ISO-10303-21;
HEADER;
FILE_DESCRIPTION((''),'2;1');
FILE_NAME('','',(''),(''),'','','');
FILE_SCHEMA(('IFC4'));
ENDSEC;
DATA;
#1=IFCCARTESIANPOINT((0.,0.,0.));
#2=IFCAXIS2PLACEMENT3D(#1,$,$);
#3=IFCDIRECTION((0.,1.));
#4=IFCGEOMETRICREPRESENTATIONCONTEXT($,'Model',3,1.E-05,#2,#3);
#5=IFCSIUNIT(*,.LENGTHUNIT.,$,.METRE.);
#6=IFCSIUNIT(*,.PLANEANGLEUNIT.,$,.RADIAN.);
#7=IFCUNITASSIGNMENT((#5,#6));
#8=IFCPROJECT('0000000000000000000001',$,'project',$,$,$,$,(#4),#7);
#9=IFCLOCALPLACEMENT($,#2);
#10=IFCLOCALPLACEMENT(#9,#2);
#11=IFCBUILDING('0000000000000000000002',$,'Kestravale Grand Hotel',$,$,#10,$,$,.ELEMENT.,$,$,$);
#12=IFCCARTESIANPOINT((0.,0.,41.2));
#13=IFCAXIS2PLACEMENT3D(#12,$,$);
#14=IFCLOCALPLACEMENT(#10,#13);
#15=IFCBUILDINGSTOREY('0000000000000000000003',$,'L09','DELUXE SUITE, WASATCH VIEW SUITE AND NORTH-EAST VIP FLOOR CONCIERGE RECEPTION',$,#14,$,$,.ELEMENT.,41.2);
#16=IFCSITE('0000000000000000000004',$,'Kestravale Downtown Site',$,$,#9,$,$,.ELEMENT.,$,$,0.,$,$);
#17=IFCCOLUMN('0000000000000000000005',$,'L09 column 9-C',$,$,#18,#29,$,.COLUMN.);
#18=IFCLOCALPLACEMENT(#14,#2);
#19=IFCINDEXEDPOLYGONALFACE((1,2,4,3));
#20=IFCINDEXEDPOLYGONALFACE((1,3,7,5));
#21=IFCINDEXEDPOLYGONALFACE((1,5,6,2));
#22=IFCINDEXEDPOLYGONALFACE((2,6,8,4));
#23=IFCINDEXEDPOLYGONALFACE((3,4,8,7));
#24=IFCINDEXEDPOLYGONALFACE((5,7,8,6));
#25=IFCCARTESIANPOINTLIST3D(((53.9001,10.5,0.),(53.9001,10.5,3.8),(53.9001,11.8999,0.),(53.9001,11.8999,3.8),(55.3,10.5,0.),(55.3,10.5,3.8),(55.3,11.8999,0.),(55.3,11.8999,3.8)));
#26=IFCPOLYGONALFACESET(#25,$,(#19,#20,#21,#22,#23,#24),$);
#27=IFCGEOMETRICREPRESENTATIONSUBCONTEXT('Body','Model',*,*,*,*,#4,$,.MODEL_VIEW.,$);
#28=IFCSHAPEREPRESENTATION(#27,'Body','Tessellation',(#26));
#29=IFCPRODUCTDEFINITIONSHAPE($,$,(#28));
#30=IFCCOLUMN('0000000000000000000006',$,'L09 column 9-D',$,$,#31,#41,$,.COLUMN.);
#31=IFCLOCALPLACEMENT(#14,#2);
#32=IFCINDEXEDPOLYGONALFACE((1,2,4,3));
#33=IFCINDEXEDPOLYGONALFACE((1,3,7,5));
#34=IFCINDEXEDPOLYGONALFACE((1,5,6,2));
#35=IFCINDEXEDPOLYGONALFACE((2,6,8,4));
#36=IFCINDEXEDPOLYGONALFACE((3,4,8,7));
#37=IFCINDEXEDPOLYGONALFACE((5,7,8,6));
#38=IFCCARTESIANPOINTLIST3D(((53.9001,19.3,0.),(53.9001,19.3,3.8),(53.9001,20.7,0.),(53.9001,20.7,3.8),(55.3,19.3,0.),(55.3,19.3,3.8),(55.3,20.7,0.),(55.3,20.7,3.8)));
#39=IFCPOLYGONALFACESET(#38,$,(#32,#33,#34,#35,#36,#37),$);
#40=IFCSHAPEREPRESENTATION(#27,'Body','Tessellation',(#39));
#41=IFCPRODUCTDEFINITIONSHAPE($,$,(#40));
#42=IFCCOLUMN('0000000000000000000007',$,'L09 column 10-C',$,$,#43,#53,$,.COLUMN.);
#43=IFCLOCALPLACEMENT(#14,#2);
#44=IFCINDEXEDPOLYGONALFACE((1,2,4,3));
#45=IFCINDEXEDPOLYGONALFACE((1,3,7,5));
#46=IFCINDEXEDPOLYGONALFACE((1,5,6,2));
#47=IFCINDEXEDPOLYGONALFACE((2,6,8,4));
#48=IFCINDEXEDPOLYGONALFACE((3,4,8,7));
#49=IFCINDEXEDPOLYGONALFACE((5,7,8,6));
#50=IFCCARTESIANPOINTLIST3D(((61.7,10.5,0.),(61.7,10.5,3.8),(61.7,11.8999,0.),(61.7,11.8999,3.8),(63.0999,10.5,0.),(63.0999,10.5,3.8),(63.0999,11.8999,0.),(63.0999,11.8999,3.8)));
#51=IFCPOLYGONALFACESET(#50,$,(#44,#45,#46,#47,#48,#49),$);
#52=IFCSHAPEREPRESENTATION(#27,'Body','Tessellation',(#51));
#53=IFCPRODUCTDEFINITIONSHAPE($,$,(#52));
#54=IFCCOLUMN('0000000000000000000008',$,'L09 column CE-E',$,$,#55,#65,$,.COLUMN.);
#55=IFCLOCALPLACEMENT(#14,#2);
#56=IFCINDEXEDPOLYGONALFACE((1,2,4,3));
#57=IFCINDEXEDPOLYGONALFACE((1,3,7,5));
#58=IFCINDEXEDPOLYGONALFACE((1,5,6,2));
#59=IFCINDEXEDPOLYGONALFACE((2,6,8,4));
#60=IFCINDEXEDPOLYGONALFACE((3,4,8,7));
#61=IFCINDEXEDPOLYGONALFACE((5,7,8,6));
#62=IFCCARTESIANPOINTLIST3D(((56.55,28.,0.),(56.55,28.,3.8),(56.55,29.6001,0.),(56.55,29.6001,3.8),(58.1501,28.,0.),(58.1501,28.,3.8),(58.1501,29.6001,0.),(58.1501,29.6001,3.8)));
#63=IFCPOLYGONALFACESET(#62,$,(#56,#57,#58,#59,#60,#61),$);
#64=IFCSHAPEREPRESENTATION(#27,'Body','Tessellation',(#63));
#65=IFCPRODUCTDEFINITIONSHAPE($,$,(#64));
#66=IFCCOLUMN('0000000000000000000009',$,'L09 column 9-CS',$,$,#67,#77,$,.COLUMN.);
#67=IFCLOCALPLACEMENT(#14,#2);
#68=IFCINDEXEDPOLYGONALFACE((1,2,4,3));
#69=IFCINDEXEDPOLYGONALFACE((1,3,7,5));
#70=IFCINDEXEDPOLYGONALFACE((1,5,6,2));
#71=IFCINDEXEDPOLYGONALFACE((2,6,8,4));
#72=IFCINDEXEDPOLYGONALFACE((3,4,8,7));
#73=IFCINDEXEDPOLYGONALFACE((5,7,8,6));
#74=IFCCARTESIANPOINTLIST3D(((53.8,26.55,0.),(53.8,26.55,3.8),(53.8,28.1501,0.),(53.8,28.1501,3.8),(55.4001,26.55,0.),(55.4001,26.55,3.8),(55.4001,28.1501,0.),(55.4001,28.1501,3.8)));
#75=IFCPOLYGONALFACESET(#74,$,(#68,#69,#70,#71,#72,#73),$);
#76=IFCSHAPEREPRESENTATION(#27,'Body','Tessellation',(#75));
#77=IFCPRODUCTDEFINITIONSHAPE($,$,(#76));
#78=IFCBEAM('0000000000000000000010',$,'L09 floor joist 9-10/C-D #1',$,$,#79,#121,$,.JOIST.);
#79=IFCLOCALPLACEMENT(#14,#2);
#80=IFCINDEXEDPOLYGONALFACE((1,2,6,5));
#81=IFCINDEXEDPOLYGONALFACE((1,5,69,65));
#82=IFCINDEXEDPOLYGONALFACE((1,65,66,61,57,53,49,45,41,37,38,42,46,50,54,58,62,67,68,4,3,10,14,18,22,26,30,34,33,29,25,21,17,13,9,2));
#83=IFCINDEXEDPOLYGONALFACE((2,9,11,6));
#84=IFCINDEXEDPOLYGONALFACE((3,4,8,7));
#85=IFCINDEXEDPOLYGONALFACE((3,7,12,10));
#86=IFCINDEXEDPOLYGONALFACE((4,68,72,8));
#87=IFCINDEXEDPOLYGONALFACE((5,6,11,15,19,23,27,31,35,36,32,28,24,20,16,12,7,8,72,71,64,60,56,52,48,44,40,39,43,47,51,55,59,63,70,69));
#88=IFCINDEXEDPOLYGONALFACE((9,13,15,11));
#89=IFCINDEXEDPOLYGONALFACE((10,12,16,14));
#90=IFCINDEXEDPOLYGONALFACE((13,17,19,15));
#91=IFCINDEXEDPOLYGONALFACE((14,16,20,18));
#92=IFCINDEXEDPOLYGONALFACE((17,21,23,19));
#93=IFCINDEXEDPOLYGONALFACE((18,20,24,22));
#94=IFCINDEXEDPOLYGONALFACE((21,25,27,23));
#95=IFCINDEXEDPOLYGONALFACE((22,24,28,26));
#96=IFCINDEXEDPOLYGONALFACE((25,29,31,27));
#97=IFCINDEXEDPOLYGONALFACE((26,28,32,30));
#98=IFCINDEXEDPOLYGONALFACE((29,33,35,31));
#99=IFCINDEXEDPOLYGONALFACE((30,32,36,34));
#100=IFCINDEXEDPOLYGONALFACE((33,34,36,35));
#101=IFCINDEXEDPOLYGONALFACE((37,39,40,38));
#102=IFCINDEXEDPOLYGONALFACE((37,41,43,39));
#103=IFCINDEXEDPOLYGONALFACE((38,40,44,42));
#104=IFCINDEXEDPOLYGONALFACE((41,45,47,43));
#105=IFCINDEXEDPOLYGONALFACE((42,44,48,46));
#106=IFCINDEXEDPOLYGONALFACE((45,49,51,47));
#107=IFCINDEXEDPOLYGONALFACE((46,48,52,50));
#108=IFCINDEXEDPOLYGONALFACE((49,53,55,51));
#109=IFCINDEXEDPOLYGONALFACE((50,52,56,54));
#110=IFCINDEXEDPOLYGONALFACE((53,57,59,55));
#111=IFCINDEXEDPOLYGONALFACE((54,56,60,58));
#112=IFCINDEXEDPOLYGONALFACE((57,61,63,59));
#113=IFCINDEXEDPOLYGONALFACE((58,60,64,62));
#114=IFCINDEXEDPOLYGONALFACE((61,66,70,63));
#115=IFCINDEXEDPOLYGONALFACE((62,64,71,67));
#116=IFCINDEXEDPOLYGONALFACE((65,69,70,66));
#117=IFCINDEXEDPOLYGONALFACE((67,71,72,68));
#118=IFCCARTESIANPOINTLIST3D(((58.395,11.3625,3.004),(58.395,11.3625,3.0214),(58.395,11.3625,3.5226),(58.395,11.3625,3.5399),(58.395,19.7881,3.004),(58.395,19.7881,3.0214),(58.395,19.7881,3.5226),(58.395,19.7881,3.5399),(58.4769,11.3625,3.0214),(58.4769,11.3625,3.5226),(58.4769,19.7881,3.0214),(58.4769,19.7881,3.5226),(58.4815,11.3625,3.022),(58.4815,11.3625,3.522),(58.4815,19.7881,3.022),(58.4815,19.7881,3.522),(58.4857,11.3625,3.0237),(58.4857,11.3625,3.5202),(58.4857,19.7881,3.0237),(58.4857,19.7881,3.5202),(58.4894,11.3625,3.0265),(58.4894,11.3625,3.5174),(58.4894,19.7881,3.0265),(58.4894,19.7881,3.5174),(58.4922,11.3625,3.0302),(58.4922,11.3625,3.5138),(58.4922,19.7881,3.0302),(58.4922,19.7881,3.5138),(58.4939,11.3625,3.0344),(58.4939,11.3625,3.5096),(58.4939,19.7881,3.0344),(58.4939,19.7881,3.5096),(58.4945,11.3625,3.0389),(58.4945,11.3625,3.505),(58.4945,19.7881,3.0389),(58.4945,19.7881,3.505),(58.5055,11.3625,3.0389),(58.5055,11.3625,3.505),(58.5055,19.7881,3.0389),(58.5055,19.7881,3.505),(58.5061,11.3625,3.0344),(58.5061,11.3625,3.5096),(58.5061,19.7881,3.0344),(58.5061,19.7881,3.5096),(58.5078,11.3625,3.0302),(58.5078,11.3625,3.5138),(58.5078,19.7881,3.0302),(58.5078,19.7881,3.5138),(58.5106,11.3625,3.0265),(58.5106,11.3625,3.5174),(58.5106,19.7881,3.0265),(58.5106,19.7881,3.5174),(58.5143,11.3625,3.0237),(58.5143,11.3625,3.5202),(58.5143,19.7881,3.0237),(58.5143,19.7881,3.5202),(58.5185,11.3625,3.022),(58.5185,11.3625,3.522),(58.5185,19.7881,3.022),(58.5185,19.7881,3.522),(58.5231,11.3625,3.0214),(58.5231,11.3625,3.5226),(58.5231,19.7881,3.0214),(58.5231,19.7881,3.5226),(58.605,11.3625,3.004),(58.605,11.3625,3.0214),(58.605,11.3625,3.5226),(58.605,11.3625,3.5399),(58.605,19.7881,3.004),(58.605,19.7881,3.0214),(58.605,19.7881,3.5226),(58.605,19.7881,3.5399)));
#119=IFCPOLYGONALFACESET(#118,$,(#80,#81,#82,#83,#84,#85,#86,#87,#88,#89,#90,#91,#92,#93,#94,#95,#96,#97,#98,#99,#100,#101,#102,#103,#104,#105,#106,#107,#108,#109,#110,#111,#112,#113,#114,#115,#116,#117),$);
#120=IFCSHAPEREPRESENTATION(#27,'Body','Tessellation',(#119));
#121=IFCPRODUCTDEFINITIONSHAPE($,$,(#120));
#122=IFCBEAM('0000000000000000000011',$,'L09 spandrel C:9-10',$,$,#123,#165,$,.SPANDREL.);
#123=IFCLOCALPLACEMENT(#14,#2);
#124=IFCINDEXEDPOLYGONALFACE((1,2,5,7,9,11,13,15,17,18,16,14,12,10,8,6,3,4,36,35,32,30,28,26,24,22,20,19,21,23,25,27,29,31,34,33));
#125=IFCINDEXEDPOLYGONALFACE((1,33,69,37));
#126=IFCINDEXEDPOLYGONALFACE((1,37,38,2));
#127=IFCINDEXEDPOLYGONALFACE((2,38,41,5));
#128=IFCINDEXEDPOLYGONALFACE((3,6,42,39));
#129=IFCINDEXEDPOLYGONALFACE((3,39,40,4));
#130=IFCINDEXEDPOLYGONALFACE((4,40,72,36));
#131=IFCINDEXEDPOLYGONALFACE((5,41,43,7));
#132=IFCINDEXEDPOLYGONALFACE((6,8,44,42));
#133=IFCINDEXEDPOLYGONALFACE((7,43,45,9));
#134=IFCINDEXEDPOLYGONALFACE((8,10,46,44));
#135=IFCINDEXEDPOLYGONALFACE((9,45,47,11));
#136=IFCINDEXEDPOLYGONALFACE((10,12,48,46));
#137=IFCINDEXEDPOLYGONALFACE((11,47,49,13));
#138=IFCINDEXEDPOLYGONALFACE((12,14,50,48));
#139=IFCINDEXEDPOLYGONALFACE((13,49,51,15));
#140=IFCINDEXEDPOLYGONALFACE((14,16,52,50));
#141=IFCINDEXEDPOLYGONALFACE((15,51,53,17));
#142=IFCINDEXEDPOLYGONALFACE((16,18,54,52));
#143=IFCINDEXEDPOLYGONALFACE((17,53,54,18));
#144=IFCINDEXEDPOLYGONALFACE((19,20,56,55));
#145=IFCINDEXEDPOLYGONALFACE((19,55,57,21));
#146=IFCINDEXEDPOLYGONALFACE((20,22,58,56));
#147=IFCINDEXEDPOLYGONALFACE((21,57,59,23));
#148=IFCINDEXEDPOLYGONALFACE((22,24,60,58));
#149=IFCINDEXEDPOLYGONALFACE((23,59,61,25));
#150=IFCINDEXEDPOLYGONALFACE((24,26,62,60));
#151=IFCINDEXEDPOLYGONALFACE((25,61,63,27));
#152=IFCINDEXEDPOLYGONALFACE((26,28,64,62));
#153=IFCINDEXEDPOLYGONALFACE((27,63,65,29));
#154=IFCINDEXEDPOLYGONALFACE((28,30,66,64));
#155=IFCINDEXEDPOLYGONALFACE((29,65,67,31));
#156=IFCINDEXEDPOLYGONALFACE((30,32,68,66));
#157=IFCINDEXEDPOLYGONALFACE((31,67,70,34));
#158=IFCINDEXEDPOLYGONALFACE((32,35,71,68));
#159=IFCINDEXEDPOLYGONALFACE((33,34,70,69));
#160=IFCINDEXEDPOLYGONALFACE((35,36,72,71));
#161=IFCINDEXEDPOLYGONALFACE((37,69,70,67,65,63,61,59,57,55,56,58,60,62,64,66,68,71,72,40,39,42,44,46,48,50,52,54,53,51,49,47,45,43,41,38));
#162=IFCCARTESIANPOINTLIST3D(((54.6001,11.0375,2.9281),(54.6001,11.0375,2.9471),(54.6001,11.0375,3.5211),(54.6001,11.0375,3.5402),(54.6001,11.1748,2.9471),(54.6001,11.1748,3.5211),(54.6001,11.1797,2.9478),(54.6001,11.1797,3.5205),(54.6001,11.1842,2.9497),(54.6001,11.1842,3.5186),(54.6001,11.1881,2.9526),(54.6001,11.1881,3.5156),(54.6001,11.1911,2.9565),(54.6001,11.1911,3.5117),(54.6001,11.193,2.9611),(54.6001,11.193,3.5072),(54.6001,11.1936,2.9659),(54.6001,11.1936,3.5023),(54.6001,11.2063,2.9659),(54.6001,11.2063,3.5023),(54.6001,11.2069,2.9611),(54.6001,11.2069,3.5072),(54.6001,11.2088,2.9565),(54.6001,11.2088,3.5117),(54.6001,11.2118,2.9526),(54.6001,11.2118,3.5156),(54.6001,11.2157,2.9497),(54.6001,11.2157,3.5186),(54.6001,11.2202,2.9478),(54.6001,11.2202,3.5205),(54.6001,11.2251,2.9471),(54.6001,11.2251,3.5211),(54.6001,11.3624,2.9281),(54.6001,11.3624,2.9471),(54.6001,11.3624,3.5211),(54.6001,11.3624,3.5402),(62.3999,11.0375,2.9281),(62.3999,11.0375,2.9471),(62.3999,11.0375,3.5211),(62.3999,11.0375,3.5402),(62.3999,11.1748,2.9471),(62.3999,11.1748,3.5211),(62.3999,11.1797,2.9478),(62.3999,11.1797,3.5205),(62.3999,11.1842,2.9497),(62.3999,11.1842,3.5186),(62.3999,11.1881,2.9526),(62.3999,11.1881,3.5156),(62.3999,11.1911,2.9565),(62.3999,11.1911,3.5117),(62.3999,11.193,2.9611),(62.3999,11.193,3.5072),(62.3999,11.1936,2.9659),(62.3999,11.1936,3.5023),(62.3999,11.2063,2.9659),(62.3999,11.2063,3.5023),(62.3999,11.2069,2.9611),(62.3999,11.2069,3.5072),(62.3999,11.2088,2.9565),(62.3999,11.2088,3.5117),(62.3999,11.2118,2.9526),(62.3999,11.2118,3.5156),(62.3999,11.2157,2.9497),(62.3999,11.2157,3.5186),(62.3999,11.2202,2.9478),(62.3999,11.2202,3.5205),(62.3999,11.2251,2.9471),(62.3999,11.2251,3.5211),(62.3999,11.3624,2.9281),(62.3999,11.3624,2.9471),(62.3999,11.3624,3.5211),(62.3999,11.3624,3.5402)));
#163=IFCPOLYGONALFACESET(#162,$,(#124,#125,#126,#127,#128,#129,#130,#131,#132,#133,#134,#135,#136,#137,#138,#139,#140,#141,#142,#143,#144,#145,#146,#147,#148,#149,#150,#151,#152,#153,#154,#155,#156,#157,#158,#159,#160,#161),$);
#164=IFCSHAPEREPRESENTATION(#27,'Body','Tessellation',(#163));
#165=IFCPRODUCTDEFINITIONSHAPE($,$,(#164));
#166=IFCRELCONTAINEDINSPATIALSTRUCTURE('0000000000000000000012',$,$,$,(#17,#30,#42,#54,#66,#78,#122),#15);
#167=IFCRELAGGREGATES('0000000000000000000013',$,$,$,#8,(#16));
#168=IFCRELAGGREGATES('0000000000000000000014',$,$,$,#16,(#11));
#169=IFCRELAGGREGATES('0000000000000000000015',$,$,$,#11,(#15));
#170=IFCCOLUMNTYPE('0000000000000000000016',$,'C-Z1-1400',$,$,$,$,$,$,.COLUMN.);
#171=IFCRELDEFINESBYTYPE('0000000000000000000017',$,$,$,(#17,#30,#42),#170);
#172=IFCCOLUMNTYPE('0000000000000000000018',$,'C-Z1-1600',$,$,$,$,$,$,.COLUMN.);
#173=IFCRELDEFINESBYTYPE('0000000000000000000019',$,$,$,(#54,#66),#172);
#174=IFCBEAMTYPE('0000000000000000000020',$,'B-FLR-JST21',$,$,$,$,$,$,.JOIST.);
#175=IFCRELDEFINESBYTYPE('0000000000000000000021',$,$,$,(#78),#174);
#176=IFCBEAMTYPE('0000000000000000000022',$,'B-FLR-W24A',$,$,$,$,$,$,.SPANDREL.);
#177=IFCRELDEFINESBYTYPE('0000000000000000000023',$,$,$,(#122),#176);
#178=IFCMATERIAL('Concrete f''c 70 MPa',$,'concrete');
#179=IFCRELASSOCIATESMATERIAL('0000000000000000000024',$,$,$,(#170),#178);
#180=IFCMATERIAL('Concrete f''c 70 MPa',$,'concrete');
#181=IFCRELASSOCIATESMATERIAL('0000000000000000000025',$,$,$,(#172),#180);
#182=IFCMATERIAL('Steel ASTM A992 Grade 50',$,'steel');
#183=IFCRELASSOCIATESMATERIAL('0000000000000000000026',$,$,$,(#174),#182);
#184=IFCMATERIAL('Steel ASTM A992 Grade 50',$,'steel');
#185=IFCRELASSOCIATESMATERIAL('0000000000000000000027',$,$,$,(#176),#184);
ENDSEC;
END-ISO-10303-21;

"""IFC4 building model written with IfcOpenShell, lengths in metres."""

from ifc_helpers import new_model, si_unit, direction, frame, origin, origin_2d, place, context, subcontext, project, spatial, rectangle, i_section, extrude, material, material_profile, profile_set, type_object, element, save


model = new_model("IFC4")

# Units and contexts
model_context = context("Model", 3, precision=1e-05, world=origin(), true_north=direction((0.0, 1.0)))
body_context = subcontext(model_context, "Body", "Model", "MODEL_VIEW")
ifc_project = project(units=[si_unit("LENGTHUNIT", "METRE"), si_unit("PLANEANGLEUNIT", "RADIAN")], contexts=[model_context])

# Site, building, storey
site_placement = place(None, origin())
site = spatial("IfcSite", under=ifc_project, at=site_placement, Name="Kestravale Downtown Site", CompositionType="ELEMENT", RefElevation=0.0)
building_placement = place(site_placement, origin())
building = spatial("IfcBuilding", under=site, at=building_placement, Name="Kestravale Grand Hotel", CompositionType="ELEMENT")
storey_placement = place(building_placement, frame((0.0, 0.0, 41.2)))
storey = spatial("IfcBuildingStorey", under=building, at=storey_placement, Name="L09", Description="DELUXE SUITE, WASATCH VIEW SUITE AND NORTH-EAST VIP FLOOR CONCIERGE RECEPTION", CompositionType="ELEMENT", Elevation=41.2)

# Columns
ifc_material_1 = material(Name="Concrete f'c 70 MPa", Category="concrete")
ifc_material_profile_1 = material_profile(ifc_material_1, rectangle(XDim=1.3999, YDim=1.3999, at=origin_2d()))
ifc_profile_set_1 = profile_set([ifc_material_profile_1], Name="Concrete f'c 70 MPa")
column_type_1 = type_object("IfcColumnType", Name="C-Z1-1400", PredefinedType="COLUMN", material=ifc_profile_set_1)
for number, where, z_axis, x_axis, name in (
    (1, (54.6001, 11.2, 0.0), (0.0, 0.0, 1.0), (1.0, 0.0, 0.0), "L09 column 9-C"),
    (2, (54.6001, 20.0, 0.0), (0.0, 0.0, 1.0), (1.0, 0.0, 0.0), "L09 column 9-D"),
    (3, (62.3999, 11.2, 0.0), (0.0, 0.0, 1.0), (1.0, 0.0, 0.0), "L09 column 10-C"),
):
    element("IfcColumn", number, at=place(storey_placement, frame(where, z_axis=z_axis, x_axis=x_axis)), inside=storey, type_object=column_type_1, Name=name, PredefinedType="COLUMN", context=body_context, shape_type="SweptSolid", body=[
        extrude(rectangle(XDim=1.3999, YDim=1.3999, at=origin_2d()), origin(), (0.0, 0.0, 1.0), 3.8),
    ])
ifc_material_2 = material(Name="Concrete f'c 70 MPa", Category="concrete")
ifc_material_profile_2 = material_profile(ifc_material_2, rectangle(XDim=1.6001, YDim=1.6001, at=origin_2d()))
ifc_profile_set_2 = profile_set([ifc_material_profile_2], Name="Concrete f'c 70 MPa")
column_type_2 = type_object("IfcColumnType", Name="C-Z1-1600", PredefinedType="COLUMN", material=ifc_profile_set_2)
for number, where, z_axis, x_axis, name in (
    (4, (57.3501, 28.8, 0.0), (0.0, 0.0, 1.0), (1.0, 0.0, 0.0), "L09 column CE-E"),
    (5, (54.6001, 27.3501, 0.0), (0.0, 0.0, 1.0), (1.0, 0.0, 0.0), "L09 column 9-CS"),
):
    element("IfcColumn", number, at=place(storey_placement, frame(where, z_axis=z_axis, x_axis=x_axis)), inside=storey, type_object=column_type_2, Name=name, PredefinedType="COLUMN", context=body_context, shape_type="SweptSolid", body=[
        extrude(rectangle(XDim=1.6001, YDim=1.6001, at=origin_2d()), origin(), (0.0, 0.0, 1.0), 3.8),
    ])

# Beams
ifc_material_3 = material(Name="Steel ASTM A992 Grade 50", Category="steel")
ifc_material_profile_3 = material_profile(ifc_material_3, i_section(OverallWidth=0.21, OverallDepth=0.5359, WebThickness=0.011, FlangeThickness=0.0173, FilletRadius=0.0176, at=origin_2d()))
ifc_profile_set_3 = profile_set([ifc_material_profile_3], Name="Steel ASTM A992 Grade 50")
beam_type_1 = type_object("IfcBeamType", Name="B-FLR-JST21", PredefinedType="JOIST", material=ifc_profile_set_3)
beam_1_placement = place(storey_placement, frame((58.5, 11.3625, 3.272), z_axis=(0.0, 1.0, 0.0), x_axis=(-1.0, 0.0, 0.0)))
element("IfcBeam", 6, at=beam_1_placement, inside=storey, type_object=beam_type_1, Name="L09 floor joist 9-10/C-D #1", PredefinedType="JOIST", context=body_context, shape_type="SweptSolid", body=[
    extrude(i_section(OverallWidth=0.21, OverallDepth=0.5359, WebThickness=0.011, FlangeThickness=0.0173, FilletRadius=0.0176, at=origin_2d()), origin(), (0.0, 0.0, 1.0), 8.4255),
])
ifc_material_4 = material(Name="Steel ASTM A992 Grade 50", Category="steel")
ifc_material_profile_4 = material_profile(ifc_material_4, i_section(OverallWidth=0.325, OverallDepth=0.6121, WebThickness=0.0127, FlangeThickness=0.019, FilletRadius=0.0188, at=origin_2d()))
ifc_profile_set_4 = profile_set([ifc_material_profile_4], Name="Steel ASTM A992 Grade 50")
beam_type_2 = type_object("IfcBeamType", Name="B-FLR-W24A", PredefinedType="SPANDREL", material=ifc_profile_set_4)
beam_2_placement = place(storey_placement, frame((54.6001, 11.2, 3.2341), z_axis=(1.0, 0.0, 0.0), x_axis=(0.0, 1.0, 0.0)))
element("IfcBeam", 7, at=beam_2_placement, inside=storey, type_object=beam_type_2, Name="L09 spandrel C:9-10", PredefinedType="SPANDREL", context=body_context, shape_type="SweptSolid", body=[
    extrude(i_section(OverallWidth=0.325, OverallDepth=0.6121, WebThickness=0.0127, FlangeThickness=0.019, FilletRadius=0.0188, at=origin_2d()), origin(), (0.0, 0.0, 1.0), 7.7998),
])

save(model, "model.ifc")
